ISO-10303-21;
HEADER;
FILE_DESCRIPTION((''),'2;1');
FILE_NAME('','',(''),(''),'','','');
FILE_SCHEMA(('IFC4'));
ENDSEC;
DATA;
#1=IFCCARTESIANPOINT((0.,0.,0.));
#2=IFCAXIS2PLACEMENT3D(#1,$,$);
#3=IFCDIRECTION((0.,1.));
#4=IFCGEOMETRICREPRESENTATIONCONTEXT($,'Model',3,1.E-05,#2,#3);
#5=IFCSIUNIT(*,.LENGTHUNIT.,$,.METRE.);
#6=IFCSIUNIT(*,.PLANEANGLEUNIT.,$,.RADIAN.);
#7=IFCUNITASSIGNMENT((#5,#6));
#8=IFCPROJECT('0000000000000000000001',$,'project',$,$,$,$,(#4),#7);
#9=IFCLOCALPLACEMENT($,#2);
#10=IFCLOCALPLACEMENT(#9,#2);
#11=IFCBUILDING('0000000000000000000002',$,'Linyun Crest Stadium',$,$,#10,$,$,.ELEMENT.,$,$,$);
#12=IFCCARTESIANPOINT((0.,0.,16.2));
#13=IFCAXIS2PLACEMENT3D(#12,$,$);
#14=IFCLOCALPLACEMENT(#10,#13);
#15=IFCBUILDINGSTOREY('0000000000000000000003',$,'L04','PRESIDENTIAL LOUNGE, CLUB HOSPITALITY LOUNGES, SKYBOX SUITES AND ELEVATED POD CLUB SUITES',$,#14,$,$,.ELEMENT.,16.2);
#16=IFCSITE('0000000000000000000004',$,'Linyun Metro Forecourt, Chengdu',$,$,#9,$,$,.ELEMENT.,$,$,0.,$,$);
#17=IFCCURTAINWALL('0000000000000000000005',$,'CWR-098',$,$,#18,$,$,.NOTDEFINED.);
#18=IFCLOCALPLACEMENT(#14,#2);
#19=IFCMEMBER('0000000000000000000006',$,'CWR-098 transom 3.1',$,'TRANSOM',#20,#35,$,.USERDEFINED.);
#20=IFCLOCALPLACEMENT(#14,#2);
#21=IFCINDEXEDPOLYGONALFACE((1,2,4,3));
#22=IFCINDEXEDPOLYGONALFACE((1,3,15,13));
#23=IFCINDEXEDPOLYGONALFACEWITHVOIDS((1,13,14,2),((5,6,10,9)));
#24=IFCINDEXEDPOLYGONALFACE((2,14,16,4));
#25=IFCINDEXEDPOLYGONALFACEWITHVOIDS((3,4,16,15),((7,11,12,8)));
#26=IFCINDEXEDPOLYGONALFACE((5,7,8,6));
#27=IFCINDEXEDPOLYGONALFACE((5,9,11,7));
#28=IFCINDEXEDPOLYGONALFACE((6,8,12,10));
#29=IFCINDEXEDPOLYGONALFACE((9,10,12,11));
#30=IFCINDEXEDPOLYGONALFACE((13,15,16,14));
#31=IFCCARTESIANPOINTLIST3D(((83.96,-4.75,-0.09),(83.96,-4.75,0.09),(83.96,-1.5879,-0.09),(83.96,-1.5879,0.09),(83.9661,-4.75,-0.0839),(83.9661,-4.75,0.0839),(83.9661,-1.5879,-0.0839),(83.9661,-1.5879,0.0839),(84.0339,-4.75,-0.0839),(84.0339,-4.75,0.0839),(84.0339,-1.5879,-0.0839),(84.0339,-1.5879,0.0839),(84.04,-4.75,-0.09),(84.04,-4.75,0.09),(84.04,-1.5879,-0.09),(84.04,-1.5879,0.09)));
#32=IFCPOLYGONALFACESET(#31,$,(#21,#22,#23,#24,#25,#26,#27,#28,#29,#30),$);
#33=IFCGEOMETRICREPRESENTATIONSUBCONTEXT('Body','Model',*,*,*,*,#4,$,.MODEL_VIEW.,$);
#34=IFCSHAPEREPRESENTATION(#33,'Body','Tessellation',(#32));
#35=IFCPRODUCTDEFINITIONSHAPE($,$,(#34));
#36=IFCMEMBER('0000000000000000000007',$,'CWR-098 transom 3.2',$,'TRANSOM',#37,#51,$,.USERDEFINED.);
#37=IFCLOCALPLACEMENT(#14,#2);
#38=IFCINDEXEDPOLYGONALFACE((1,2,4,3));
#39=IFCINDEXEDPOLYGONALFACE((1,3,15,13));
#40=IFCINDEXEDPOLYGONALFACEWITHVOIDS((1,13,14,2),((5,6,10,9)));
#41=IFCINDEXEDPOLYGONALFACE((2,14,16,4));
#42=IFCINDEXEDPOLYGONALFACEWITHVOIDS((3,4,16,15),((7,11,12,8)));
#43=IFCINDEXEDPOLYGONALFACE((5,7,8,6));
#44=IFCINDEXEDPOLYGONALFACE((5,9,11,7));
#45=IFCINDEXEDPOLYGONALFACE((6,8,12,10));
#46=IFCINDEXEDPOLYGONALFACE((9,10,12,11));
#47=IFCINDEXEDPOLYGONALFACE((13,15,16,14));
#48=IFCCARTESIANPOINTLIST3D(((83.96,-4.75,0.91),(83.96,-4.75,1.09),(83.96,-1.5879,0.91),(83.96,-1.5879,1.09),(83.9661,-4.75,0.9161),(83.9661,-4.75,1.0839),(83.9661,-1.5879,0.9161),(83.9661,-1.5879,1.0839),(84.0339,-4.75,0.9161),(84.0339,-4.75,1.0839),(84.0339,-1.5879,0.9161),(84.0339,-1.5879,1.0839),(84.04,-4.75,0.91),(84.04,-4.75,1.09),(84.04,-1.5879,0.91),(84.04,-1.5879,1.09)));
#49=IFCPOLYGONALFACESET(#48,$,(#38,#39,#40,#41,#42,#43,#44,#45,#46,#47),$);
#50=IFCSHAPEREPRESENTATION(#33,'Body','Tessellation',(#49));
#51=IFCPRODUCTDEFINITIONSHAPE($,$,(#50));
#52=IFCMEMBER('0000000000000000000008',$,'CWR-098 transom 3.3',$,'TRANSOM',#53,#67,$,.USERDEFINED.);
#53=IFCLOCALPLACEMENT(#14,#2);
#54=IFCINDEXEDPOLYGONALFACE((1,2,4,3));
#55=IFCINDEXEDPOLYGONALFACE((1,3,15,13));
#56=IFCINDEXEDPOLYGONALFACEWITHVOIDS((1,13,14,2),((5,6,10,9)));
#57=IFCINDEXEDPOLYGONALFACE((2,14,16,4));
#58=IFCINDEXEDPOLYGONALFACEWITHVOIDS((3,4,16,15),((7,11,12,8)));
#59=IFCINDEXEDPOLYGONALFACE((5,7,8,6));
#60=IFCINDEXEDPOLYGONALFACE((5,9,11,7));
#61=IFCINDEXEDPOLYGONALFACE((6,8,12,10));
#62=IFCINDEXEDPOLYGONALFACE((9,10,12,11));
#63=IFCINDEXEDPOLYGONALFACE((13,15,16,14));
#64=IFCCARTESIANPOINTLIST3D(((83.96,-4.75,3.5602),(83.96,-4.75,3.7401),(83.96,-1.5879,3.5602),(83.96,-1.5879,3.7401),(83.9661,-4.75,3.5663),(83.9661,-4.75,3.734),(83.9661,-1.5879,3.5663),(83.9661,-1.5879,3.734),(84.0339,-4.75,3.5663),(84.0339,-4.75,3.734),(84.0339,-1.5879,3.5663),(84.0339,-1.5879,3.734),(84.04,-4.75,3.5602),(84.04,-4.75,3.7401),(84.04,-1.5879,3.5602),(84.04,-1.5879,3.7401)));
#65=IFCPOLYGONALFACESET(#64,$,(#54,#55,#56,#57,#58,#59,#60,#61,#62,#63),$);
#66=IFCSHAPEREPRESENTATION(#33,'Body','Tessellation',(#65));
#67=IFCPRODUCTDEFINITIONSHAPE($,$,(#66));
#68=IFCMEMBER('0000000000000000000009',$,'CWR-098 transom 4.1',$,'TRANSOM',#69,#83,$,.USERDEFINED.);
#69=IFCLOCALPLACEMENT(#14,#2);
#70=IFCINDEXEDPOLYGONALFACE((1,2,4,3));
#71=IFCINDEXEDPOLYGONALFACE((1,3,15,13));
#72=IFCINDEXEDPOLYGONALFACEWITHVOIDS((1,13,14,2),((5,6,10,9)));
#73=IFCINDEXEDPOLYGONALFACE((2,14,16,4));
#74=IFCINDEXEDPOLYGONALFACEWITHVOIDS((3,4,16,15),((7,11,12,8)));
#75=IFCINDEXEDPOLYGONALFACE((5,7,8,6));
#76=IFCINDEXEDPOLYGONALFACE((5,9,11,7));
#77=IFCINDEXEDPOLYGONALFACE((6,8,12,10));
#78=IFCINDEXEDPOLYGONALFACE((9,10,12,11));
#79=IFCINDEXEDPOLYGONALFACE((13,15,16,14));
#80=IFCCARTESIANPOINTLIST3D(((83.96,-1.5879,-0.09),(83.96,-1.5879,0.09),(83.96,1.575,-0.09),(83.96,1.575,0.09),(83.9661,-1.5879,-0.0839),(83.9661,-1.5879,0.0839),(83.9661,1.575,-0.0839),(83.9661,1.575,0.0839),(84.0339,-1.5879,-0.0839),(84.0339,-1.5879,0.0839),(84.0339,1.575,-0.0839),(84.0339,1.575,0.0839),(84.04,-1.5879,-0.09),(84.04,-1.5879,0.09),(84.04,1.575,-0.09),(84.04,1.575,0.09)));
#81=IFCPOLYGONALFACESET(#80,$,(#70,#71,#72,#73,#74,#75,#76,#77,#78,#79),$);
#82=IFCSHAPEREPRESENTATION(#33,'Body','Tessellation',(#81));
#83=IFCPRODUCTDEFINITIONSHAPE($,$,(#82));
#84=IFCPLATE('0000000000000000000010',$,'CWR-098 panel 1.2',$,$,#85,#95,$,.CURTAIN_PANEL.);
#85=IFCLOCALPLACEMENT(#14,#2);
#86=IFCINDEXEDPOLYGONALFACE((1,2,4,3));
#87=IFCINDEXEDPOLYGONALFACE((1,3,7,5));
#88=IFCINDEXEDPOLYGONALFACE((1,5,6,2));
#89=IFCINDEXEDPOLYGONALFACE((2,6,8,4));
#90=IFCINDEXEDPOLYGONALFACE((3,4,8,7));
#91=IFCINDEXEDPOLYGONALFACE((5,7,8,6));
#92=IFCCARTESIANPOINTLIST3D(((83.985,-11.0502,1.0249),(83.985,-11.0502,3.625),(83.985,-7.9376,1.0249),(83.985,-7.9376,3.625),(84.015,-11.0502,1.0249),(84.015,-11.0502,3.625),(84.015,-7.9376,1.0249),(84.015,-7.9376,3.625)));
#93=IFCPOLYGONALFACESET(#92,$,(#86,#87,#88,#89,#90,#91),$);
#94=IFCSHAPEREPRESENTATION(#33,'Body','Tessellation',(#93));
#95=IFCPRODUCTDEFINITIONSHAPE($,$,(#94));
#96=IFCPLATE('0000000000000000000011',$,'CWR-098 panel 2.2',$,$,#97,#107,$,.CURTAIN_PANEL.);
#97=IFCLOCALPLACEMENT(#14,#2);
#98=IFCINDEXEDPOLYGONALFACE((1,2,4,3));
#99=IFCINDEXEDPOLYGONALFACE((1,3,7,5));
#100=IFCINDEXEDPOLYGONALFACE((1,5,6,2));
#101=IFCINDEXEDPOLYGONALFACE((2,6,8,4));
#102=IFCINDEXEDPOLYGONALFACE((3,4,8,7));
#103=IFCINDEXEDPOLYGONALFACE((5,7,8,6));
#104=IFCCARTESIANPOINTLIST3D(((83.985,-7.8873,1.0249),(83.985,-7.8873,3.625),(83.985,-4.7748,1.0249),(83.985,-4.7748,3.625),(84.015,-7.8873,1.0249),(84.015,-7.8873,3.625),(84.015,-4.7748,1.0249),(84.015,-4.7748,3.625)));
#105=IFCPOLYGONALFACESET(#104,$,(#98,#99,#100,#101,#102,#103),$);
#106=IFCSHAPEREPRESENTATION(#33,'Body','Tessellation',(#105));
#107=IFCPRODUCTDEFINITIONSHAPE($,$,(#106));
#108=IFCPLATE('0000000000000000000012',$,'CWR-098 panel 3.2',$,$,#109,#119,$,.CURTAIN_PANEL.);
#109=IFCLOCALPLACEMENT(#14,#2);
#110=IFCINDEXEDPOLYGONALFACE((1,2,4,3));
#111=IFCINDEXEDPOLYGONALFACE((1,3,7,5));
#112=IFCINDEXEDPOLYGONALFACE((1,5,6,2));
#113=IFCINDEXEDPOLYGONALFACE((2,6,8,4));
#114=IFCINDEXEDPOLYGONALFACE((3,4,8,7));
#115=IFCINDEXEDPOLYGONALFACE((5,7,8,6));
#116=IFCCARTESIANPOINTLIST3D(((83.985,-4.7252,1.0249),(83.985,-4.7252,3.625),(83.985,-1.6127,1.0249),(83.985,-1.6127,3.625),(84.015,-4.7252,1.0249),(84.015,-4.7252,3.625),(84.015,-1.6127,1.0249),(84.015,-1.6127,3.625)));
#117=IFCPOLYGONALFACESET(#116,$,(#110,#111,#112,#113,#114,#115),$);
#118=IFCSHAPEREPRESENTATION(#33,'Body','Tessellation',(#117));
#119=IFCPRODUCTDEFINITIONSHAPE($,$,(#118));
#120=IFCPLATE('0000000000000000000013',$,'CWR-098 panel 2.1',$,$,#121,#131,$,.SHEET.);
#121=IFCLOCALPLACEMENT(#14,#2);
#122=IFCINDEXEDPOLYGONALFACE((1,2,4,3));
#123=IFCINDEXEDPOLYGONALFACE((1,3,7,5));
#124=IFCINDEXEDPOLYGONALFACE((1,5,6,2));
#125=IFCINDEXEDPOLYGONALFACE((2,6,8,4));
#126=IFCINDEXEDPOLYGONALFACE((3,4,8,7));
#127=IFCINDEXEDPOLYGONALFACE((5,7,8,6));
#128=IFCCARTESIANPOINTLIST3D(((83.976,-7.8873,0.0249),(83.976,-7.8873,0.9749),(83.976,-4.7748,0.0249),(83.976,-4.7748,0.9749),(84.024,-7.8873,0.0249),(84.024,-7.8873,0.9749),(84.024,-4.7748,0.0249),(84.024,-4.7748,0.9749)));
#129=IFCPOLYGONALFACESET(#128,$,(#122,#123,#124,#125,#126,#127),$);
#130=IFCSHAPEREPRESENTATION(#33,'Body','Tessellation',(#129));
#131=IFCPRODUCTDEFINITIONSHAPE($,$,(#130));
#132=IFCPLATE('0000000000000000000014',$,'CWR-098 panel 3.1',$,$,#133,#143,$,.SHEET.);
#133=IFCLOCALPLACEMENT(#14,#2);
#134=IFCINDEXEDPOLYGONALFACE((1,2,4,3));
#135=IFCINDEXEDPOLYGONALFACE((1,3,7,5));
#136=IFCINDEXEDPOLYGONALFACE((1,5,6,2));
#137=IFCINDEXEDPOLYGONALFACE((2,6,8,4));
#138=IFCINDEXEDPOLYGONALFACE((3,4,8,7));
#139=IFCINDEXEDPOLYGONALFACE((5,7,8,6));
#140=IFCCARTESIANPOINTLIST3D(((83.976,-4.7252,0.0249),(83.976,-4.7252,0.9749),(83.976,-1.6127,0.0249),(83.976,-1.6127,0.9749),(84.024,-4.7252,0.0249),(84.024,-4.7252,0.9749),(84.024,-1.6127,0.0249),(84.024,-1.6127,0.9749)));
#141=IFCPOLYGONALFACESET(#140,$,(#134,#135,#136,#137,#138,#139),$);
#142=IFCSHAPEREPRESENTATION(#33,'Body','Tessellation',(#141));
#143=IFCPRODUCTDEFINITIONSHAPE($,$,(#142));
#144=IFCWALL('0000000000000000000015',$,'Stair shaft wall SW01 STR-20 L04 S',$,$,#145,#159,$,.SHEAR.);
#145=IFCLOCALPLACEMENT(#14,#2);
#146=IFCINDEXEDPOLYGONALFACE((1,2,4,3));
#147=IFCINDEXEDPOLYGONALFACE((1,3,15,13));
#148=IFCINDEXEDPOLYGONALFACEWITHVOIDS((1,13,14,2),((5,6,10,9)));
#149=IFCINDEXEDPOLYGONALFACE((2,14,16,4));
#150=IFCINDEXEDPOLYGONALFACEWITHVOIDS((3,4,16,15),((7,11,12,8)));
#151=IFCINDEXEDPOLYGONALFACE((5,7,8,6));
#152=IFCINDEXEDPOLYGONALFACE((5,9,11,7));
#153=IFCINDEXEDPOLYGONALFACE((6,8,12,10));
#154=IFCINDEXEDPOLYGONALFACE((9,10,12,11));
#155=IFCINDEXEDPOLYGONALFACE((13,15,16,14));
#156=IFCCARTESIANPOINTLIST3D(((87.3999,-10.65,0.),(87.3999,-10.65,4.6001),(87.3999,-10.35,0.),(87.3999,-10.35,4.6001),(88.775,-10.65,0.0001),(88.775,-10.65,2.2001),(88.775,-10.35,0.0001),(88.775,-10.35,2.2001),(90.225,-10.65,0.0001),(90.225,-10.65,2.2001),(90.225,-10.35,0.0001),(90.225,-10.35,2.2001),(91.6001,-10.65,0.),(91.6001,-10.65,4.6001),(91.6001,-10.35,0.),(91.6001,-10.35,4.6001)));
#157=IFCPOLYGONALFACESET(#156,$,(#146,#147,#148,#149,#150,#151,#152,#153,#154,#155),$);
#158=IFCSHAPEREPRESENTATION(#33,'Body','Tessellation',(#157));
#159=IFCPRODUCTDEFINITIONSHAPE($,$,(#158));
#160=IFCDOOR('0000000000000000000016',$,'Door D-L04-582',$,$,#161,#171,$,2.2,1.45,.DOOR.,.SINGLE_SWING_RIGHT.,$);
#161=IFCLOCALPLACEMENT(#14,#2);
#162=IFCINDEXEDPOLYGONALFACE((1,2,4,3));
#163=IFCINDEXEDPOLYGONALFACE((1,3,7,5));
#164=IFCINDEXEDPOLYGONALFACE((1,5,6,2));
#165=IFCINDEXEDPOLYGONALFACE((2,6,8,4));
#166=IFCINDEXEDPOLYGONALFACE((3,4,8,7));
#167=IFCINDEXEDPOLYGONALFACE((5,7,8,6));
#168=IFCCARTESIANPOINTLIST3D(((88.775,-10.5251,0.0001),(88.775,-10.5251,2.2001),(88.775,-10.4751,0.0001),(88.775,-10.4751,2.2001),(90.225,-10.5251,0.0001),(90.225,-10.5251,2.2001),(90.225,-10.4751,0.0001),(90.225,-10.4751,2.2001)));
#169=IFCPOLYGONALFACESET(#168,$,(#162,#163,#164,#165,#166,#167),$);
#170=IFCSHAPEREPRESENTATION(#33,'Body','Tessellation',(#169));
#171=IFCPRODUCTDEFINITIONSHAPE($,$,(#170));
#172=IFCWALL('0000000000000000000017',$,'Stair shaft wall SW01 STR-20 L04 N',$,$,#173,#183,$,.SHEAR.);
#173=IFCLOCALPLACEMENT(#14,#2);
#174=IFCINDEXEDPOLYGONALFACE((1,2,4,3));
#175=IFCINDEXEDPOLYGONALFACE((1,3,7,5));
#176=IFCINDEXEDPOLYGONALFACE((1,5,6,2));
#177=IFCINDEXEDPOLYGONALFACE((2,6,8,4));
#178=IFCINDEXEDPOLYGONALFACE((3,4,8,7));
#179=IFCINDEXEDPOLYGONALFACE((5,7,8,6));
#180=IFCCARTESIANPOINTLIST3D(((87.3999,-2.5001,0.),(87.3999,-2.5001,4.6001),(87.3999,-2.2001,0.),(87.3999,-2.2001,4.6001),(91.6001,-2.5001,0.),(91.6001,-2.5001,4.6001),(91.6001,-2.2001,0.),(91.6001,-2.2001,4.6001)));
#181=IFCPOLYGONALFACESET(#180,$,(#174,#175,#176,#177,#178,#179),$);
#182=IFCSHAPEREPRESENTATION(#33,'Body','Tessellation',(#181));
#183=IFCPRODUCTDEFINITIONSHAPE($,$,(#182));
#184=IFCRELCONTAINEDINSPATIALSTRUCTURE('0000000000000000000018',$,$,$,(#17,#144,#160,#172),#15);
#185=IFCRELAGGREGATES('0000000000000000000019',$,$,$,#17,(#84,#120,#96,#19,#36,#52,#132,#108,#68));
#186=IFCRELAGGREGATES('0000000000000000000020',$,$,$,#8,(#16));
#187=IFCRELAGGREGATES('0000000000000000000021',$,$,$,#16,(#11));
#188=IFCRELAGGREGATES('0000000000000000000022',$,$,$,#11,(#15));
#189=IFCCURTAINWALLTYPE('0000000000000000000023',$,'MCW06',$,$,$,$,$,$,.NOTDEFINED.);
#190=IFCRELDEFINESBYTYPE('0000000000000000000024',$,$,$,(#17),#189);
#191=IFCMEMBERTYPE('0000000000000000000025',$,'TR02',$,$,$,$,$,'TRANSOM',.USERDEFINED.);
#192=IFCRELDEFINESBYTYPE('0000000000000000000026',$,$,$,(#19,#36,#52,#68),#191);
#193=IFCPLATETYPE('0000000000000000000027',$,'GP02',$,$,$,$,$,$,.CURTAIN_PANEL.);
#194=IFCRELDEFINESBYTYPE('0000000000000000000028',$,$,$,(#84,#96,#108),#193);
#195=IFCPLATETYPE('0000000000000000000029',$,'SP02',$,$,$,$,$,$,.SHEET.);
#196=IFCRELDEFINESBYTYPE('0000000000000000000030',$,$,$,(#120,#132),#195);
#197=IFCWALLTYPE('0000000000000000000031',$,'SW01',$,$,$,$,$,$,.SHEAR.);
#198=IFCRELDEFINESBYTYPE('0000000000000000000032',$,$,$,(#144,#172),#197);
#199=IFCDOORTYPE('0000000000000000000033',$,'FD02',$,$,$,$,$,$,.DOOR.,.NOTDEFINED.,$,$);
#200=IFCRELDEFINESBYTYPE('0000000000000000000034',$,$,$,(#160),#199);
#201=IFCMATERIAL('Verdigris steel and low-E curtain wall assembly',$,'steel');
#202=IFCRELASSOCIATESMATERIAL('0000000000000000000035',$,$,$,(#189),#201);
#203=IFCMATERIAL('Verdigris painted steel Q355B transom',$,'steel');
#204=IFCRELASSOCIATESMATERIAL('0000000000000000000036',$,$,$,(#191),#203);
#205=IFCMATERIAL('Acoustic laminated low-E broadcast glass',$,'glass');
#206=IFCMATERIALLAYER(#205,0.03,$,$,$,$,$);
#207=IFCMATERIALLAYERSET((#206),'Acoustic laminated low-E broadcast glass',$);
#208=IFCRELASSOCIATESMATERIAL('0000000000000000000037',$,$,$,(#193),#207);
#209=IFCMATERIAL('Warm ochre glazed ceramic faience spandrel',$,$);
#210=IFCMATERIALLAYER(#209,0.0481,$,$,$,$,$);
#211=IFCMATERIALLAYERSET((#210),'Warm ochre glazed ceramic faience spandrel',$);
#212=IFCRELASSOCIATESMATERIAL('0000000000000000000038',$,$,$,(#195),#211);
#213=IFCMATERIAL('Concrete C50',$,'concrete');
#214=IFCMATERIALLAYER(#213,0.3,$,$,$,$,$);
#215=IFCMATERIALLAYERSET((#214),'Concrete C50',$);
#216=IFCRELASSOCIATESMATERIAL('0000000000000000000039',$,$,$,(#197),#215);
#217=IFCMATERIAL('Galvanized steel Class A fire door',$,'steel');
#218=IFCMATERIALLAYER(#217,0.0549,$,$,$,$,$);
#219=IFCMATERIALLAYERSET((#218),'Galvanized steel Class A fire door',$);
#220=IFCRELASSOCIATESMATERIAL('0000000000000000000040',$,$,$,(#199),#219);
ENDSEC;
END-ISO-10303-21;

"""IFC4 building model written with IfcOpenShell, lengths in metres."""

from ifc_helpers import new_model, si_unit, direction, frame, frame_2d, origin, origin_2d, place, context, subcontext, project, spatial, rectangle, hollow_rectangle, extrude, material, layer, layer_set, material_profile, profile_set, type_object, element, fill, aggregate, save


model = new_model("IFC4")

# Units and contexts
model_context = context("Model", 3, precision=1e-05, world=origin(), true_north=direction((0.0, 1.0)))
body_context = subcontext(model_context, "Body", "Model", "MODEL_VIEW")
ifc_project = project(units=[si_unit("LENGTHUNIT", "METRE"), si_unit("PLANEANGLEUNIT", "RADIAN")], contexts=[model_context])

# Site, building, storey
site_placement = place(None, origin())
site = spatial("IfcSite", under=ifc_project, at=site_placement, Name="Linyun Metro Forecourt, Chengdu", CompositionType="ELEMENT", RefElevation=0.0)
building_placement = place(site_placement, origin())
building = spatial("IfcBuilding", under=site, at=building_placement, Name="Linyun Crest Stadium", CompositionType="ELEMENT")
storey_placement = place(building_placement, frame((0.0, 0.0, 16.2)))
storey = spatial("IfcBuildingStorey", under=building, at=storey_placement, Name="L04", Description="PRESIDENTIAL LOUNGE, CLUB HOSPITALITY LOUNGES, SKYBOX SUITES AND ELEVATED POD CLUB SUITES", CompositionType="ELEMENT", Elevation=16.2)

# Curtain wall
ifc_material_1 = material(Name="Verdigris steel and low-E curtain wall assembly", Category="steel")
curtain_wall_type = type_object("IfcCurtainWallType", Name="MCW06", PredefinedType="NOTDEFINED", material=ifc_material_1)
curtain_wall_placement = place(storey_placement, origin())
curtain_wall = element("IfcCurtainWall", 1, at=curtain_wall_placement, inside=storey, type_object=curtain_wall_type, Name="CWR-098", PredefinedType="NOTDEFINED")

# Members
ifc_material_2 = material(Name="Verdigris painted steel Q355B transom", Category="steel")
ifc_material_profile_1 = material_profile(ifc_material_2, hollow_rectangle(XDim=0.0801, YDim=0.1799, WallThickness=0.0061, at=origin_2d()), Name="RHS 180x80x6")
ifc_profile_set_1 = profile_set([ifc_material_profile_1], Name="Verdigris painted steel Q355B transom")
member_type_1 = type_object("IfcMemberType", Name="TR02", ElementType="TRANSOM", PredefinedType="USERDEFINED", material=ifc_profile_set_1)
member_1_placement = place(storey_placement, frame((84.0, -4.75, 0.0), z_axis=(0.0, 1.0, 0.0), x_axis=(-1.0, 0.0, 0.0)))
member_1 = element("IfcMember", 2, at=member_1_placement, type_object=member_type_1, Name="CWR-098 transom 3.1", ObjectType="TRANSOM", PredefinedType="USERDEFINED", context=body_context, shape_type="SweptSolid", body=[
    extrude(hollow_rectangle(XDim=0.0801, YDim=0.1799, WallThickness=0.0061, at=origin_2d()), origin(), (0.0, 0.0, 1.0), 3.1621),
])
member_2_placement = place(storey_placement, frame((84.0, -4.75, 1.0), z_axis=(0.0, 1.0, 0.0), x_axis=(-1.0, 0.0, 0.0)))
member_2 = element("IfcMember", 3, at=member_2_placement, type_object=member_type_1, Name="CWR-098 transom 3.2", ObjectType="TRANSOM", PredefinedType="USERDEFINED", context=body_context, shape_type="SweptSolid", body=[
    extrude(hollow_rectangle(XDim=0.0801, YDim=0.1799, WallThickness=0.0061, at=origin_2d()), origin(), (0.0, 0.0, 1.0), 3.1621),
])
member_3_placement = place(storey_placement, frame((84.0, -4.75, 3.6501), z_axis=(0.0, 1.0, 0.0), x_axis=(-1.0, 0.0, 0.0)))
member_3 = element("IfcMember", 4, at=member_3_placement, type_object=member_type_1, Name="CWR-098 transom 3.3", ObjectType="TRANSOM", PredefinedType="USERDEFINED", context=body_context, shape_type="SweptSolid", body=[
    extrude(hollow_rectangle(XDim=0.0801, YDim=0.1799, WallThickness=0.0061, at=origin_2d()), origin(), (0.0, 0.0, 1.0), 3.1621),
])
member_4_placement = place(storey_placement, frame((84.0, -1.5879, 0.0), z_axis=(0.0, 1.0, 0.0), x_axis=(-1.0, 0.0, 0.0)))
member_4 = element("IfcMember", 5, at=member_4_placement, type_object=member_type_1, Name="CWR-098 transom 4.1", ObjectType="TRANSOM", PredefinedType="USERDEFINED", context=body_context, shape_type="SweptSolid", body=[
    extrude(hollow_rectangle(XDim=0.0801, YDim=0.1799, WallThickness=0.0061, at=origin_2d()), origin(), (0.0, 0.0, 1.0), 3.1628),
])

# Plates
ifc_material_3 = material(Name="Acoustic laminated low-E broadcast glass", Category="glass")
ifc_layer_1 = layer(ifc_material_3, 0.03)
ifc_layer_set_1 = layer_set([ifc_layer_1], Name="Acoustic laminated low-E broadcast glass")
plate_type_1 = type_object("IfcPlateType", Name="GP02", PredefinedType="CURTAIN_PANEL", material=ifc_layer_set_1)
plate_1_placement = place(storey_placement, frame((84.0, -9.4939, 1.0249), z_axis=(0.0, 0.0, 1.0), x_axis=(0.0, 1.0, 0.0)))
plate_1 = element("IfcPlate", 6, at=plate_1_placement, type_object=plate_type_1, Name="CWR-098 panel 1.2", PredefinedType="CURTAIN_PANEL", context=body_context, shape_type="SweptSolid", body=[
    extrude(rectangle(XDim=3.1125, YDim=0.03, at=origin_2d()), origin(), (0.0, 0.0, 1.0), 2.6001),
])
plate_2_placement = place(storey_placement, frame((84.0, -6.3311, 1.0249), z_axis=(0.0, 0.0, 1.0), x_axis=(0.0, 1.0, 0.0)))
plate_2 = element("IfcPlate", 7, at=plate_2_placement, type_object=plate_type_1, Name="CWR-098 panel 2.2", PredefinedType="CURTAIN_PANEL", context=body_context, shape_type="SweptSolid", body=[
    extrude(rectangle(XDim=3.1125, YDim=0.03, at=origin_2d()), origin(), (0.0, 0.0, 1.0), 2.6001),
])
plate_3_placement = place(storey_placement, frame((84.0, -3.1689, 1.0249), z_axis=(0.0, 0.0, 1.0), x_axis=(0.0, 1.0, 0.0)))
plate_3 = element("IfcPlate", 8, at=plate_3_placement, type_object=plate_type_1, Name="CWR-098 panel 3.2", PredefinedType="CURTAIN_PANEL", context=body_context, shape_type="SweptSolid", body=[
    extrude(rectangle(XDim=3.1125, YDim=0.03, at=origin_2d()), origin(), (0.0, 0.0, 1.0), 2.6001),
])
ifc_material_4 = material(Name="Warm ochre glazed ceramic faience spandrel")
ifc_layer_2 = layer(ifc_material_4, 0.0481)
ifc_layer_set_2 = layer_set([ifc_layer_2], Name="Warm ochre glazed ceramic faience spandrel")
plate_type_2 = type_object("IfcPlateType", Name="SP02", PredefinedType="SHEET", material=ifc_layer_set_2)
plate_4_placement = place(storey_placement, frame((84.0, -6.3311, 0.0249), z_axis=(0.0, 0.0, 1.0), x_axis=(0.0, 1.0, 0.0)))
plate_4 = element("IfcPlate", 9, at=plate_4_placement, type_object=plate_type_2, Name="CWR-098 panel 2.1", PredefinedType="SHEET", context=body_context, shape_type="SweptSolid", body=[
    extrude(rectangle(XDim=3.1125, YDim=0.0481, at=origin_2d()), origin(), (0.0, 0.0, 1.0), 0.95),
])
plate_5_placement = place(storey_placement, frame((84.0, -3.1689, 0.0249), z_axis=(0.0, 0.0, 1.0), x_axis=(0.0, 1.0, 0.0)))
plate_5 = element("IfcPlate", 10, at=plate_5_placement, type_object=plate_type_2, Name="CWR-098 panel 3.1", PredefinedType="SHEET", context=body_context, shape_type="SweptSolid", body=[
    extrude(rectangle(XDim=3.1125, YDim=0.0481, at=origin_2d()), origin(), (0.0, 0.0, 1.0), 0.95),
])
aggregate(curtain_wall, [plate_1, plate_4, plate_2, member_1, member_2, member_3, plate_5, plate_3, member_4])

# Wall, opening, door
ifc_material_5 = material(Name="Concrete C50", Category="concrete")
ifc_layer_3 = layer(ifc_material_5, 0.3)
ifc_layer_set_3 = layer_set([ifc_layer_3], Name="Concrete C50")
wall_type = type_object("IfcWallType", Name="SW01", PredefinedType="SHEAR", material=ifc_layer_set_3)
wall_1_placement = place(storey_placement, frame((87.3999, -10.5, 0.0), z_axis=(0.0, 0.0, 1.0), x_axis=(1.0, 0.0, 0.0)))
wall_1 = element("IfcWall", 11, at=wall_1_placement, inside=storey, type_object=wall_type, Name="Stair shaft wall SW01 STR-20 L04 S", PredefinedType="SHEAR", context=body_context, shape_type="SweptSolid", body=[
    extrude(rectangle(XDim=4.2002, YDim=0.3, at=frame_2d((2.1001, 0.0))), origin(), (0.0, 0.0, 1.0), 4.6001),
])
opening_placement = place(wall_1_placement, frame((1.375, 0.0, 0.0)))
opening = element("IfcOpeningElement", 12, at=opening_placement, cuts=wall_1, PredefinedType="OPENING", context=body_context, shape_type="SweptSolid", body=[
    extrude(rectangle(XDim=1.45, YDim=2.2, at=frame_2d((0.7251, 1.1001))), frame((0.0, 0.1599, 0.0), z_axis=(0.0, -1.0, 0.0), x_axis=(1.0, 0.0, 0.0)), (0.0, 0.0, 1.0), 0.3201),
])
ifc_material_6 = material(Name="Galvanized steel Class A fire door", Category="steel")
ifc_layer_4 = layer(ifc_material_6, 0.0549)
ifc_layer_set_4 = layer_set([ifc_layer_4], Name="Galvanized steel Class A fire door")
door_type = type_object("IfcDoorType", Name="FD02", OperationType="NOTDEFINED", PredefinedType="DOOR", material=ifc_layer_set_4)
door_placement = place(opening_placement, origin())
door = element("IfcDoor", 13, at=door_placement, inside=storey, type_object=door_type, Name="Door D-L04-582", OperationType="SINGLE_SWING_RIGHT", OverallHeight=2.2, OverallWidth=1.45, PredefinedType="DOOR", context=body_context, shape_type="SweptSolid", body=[
    extrude(rectangle(XDim=1.45, YDim=2.2, at=frame_2d((0.7251, 1.1001))), frame((0.0, 0.0249, 0.0), z_axis=(0.0, -1.0, 0.0), x_axis=(1.0, 0.0, 0.0)), (0.0, 0.0, 1.0), 0.05),
])
fill(opening, door)

# Wall
wall_2_placement = place(storey_placement, frame((87.3999, -2.3501, 0.0), z_axis=(0.0, 0.0, 1.0), x_axis=(1.0, 0.0, 0.0)))
element("IfcWall", 14, at=wall_2_placement, inside=storey, type_object=wall_type, Name="Stair shaft wall SW01 STR-20 L04 N", PredefinedType="SHEAR", context=body_context, shape_type="SweptSolid", body=[
    extrude(rectangle(XDim=4.2002, YDim=0.3, at=frame_2d((2.1001, 0.0))), origin(), (0.0, 0.0, 1.0), 4.6001),
])

save(model, "model.ifc")
